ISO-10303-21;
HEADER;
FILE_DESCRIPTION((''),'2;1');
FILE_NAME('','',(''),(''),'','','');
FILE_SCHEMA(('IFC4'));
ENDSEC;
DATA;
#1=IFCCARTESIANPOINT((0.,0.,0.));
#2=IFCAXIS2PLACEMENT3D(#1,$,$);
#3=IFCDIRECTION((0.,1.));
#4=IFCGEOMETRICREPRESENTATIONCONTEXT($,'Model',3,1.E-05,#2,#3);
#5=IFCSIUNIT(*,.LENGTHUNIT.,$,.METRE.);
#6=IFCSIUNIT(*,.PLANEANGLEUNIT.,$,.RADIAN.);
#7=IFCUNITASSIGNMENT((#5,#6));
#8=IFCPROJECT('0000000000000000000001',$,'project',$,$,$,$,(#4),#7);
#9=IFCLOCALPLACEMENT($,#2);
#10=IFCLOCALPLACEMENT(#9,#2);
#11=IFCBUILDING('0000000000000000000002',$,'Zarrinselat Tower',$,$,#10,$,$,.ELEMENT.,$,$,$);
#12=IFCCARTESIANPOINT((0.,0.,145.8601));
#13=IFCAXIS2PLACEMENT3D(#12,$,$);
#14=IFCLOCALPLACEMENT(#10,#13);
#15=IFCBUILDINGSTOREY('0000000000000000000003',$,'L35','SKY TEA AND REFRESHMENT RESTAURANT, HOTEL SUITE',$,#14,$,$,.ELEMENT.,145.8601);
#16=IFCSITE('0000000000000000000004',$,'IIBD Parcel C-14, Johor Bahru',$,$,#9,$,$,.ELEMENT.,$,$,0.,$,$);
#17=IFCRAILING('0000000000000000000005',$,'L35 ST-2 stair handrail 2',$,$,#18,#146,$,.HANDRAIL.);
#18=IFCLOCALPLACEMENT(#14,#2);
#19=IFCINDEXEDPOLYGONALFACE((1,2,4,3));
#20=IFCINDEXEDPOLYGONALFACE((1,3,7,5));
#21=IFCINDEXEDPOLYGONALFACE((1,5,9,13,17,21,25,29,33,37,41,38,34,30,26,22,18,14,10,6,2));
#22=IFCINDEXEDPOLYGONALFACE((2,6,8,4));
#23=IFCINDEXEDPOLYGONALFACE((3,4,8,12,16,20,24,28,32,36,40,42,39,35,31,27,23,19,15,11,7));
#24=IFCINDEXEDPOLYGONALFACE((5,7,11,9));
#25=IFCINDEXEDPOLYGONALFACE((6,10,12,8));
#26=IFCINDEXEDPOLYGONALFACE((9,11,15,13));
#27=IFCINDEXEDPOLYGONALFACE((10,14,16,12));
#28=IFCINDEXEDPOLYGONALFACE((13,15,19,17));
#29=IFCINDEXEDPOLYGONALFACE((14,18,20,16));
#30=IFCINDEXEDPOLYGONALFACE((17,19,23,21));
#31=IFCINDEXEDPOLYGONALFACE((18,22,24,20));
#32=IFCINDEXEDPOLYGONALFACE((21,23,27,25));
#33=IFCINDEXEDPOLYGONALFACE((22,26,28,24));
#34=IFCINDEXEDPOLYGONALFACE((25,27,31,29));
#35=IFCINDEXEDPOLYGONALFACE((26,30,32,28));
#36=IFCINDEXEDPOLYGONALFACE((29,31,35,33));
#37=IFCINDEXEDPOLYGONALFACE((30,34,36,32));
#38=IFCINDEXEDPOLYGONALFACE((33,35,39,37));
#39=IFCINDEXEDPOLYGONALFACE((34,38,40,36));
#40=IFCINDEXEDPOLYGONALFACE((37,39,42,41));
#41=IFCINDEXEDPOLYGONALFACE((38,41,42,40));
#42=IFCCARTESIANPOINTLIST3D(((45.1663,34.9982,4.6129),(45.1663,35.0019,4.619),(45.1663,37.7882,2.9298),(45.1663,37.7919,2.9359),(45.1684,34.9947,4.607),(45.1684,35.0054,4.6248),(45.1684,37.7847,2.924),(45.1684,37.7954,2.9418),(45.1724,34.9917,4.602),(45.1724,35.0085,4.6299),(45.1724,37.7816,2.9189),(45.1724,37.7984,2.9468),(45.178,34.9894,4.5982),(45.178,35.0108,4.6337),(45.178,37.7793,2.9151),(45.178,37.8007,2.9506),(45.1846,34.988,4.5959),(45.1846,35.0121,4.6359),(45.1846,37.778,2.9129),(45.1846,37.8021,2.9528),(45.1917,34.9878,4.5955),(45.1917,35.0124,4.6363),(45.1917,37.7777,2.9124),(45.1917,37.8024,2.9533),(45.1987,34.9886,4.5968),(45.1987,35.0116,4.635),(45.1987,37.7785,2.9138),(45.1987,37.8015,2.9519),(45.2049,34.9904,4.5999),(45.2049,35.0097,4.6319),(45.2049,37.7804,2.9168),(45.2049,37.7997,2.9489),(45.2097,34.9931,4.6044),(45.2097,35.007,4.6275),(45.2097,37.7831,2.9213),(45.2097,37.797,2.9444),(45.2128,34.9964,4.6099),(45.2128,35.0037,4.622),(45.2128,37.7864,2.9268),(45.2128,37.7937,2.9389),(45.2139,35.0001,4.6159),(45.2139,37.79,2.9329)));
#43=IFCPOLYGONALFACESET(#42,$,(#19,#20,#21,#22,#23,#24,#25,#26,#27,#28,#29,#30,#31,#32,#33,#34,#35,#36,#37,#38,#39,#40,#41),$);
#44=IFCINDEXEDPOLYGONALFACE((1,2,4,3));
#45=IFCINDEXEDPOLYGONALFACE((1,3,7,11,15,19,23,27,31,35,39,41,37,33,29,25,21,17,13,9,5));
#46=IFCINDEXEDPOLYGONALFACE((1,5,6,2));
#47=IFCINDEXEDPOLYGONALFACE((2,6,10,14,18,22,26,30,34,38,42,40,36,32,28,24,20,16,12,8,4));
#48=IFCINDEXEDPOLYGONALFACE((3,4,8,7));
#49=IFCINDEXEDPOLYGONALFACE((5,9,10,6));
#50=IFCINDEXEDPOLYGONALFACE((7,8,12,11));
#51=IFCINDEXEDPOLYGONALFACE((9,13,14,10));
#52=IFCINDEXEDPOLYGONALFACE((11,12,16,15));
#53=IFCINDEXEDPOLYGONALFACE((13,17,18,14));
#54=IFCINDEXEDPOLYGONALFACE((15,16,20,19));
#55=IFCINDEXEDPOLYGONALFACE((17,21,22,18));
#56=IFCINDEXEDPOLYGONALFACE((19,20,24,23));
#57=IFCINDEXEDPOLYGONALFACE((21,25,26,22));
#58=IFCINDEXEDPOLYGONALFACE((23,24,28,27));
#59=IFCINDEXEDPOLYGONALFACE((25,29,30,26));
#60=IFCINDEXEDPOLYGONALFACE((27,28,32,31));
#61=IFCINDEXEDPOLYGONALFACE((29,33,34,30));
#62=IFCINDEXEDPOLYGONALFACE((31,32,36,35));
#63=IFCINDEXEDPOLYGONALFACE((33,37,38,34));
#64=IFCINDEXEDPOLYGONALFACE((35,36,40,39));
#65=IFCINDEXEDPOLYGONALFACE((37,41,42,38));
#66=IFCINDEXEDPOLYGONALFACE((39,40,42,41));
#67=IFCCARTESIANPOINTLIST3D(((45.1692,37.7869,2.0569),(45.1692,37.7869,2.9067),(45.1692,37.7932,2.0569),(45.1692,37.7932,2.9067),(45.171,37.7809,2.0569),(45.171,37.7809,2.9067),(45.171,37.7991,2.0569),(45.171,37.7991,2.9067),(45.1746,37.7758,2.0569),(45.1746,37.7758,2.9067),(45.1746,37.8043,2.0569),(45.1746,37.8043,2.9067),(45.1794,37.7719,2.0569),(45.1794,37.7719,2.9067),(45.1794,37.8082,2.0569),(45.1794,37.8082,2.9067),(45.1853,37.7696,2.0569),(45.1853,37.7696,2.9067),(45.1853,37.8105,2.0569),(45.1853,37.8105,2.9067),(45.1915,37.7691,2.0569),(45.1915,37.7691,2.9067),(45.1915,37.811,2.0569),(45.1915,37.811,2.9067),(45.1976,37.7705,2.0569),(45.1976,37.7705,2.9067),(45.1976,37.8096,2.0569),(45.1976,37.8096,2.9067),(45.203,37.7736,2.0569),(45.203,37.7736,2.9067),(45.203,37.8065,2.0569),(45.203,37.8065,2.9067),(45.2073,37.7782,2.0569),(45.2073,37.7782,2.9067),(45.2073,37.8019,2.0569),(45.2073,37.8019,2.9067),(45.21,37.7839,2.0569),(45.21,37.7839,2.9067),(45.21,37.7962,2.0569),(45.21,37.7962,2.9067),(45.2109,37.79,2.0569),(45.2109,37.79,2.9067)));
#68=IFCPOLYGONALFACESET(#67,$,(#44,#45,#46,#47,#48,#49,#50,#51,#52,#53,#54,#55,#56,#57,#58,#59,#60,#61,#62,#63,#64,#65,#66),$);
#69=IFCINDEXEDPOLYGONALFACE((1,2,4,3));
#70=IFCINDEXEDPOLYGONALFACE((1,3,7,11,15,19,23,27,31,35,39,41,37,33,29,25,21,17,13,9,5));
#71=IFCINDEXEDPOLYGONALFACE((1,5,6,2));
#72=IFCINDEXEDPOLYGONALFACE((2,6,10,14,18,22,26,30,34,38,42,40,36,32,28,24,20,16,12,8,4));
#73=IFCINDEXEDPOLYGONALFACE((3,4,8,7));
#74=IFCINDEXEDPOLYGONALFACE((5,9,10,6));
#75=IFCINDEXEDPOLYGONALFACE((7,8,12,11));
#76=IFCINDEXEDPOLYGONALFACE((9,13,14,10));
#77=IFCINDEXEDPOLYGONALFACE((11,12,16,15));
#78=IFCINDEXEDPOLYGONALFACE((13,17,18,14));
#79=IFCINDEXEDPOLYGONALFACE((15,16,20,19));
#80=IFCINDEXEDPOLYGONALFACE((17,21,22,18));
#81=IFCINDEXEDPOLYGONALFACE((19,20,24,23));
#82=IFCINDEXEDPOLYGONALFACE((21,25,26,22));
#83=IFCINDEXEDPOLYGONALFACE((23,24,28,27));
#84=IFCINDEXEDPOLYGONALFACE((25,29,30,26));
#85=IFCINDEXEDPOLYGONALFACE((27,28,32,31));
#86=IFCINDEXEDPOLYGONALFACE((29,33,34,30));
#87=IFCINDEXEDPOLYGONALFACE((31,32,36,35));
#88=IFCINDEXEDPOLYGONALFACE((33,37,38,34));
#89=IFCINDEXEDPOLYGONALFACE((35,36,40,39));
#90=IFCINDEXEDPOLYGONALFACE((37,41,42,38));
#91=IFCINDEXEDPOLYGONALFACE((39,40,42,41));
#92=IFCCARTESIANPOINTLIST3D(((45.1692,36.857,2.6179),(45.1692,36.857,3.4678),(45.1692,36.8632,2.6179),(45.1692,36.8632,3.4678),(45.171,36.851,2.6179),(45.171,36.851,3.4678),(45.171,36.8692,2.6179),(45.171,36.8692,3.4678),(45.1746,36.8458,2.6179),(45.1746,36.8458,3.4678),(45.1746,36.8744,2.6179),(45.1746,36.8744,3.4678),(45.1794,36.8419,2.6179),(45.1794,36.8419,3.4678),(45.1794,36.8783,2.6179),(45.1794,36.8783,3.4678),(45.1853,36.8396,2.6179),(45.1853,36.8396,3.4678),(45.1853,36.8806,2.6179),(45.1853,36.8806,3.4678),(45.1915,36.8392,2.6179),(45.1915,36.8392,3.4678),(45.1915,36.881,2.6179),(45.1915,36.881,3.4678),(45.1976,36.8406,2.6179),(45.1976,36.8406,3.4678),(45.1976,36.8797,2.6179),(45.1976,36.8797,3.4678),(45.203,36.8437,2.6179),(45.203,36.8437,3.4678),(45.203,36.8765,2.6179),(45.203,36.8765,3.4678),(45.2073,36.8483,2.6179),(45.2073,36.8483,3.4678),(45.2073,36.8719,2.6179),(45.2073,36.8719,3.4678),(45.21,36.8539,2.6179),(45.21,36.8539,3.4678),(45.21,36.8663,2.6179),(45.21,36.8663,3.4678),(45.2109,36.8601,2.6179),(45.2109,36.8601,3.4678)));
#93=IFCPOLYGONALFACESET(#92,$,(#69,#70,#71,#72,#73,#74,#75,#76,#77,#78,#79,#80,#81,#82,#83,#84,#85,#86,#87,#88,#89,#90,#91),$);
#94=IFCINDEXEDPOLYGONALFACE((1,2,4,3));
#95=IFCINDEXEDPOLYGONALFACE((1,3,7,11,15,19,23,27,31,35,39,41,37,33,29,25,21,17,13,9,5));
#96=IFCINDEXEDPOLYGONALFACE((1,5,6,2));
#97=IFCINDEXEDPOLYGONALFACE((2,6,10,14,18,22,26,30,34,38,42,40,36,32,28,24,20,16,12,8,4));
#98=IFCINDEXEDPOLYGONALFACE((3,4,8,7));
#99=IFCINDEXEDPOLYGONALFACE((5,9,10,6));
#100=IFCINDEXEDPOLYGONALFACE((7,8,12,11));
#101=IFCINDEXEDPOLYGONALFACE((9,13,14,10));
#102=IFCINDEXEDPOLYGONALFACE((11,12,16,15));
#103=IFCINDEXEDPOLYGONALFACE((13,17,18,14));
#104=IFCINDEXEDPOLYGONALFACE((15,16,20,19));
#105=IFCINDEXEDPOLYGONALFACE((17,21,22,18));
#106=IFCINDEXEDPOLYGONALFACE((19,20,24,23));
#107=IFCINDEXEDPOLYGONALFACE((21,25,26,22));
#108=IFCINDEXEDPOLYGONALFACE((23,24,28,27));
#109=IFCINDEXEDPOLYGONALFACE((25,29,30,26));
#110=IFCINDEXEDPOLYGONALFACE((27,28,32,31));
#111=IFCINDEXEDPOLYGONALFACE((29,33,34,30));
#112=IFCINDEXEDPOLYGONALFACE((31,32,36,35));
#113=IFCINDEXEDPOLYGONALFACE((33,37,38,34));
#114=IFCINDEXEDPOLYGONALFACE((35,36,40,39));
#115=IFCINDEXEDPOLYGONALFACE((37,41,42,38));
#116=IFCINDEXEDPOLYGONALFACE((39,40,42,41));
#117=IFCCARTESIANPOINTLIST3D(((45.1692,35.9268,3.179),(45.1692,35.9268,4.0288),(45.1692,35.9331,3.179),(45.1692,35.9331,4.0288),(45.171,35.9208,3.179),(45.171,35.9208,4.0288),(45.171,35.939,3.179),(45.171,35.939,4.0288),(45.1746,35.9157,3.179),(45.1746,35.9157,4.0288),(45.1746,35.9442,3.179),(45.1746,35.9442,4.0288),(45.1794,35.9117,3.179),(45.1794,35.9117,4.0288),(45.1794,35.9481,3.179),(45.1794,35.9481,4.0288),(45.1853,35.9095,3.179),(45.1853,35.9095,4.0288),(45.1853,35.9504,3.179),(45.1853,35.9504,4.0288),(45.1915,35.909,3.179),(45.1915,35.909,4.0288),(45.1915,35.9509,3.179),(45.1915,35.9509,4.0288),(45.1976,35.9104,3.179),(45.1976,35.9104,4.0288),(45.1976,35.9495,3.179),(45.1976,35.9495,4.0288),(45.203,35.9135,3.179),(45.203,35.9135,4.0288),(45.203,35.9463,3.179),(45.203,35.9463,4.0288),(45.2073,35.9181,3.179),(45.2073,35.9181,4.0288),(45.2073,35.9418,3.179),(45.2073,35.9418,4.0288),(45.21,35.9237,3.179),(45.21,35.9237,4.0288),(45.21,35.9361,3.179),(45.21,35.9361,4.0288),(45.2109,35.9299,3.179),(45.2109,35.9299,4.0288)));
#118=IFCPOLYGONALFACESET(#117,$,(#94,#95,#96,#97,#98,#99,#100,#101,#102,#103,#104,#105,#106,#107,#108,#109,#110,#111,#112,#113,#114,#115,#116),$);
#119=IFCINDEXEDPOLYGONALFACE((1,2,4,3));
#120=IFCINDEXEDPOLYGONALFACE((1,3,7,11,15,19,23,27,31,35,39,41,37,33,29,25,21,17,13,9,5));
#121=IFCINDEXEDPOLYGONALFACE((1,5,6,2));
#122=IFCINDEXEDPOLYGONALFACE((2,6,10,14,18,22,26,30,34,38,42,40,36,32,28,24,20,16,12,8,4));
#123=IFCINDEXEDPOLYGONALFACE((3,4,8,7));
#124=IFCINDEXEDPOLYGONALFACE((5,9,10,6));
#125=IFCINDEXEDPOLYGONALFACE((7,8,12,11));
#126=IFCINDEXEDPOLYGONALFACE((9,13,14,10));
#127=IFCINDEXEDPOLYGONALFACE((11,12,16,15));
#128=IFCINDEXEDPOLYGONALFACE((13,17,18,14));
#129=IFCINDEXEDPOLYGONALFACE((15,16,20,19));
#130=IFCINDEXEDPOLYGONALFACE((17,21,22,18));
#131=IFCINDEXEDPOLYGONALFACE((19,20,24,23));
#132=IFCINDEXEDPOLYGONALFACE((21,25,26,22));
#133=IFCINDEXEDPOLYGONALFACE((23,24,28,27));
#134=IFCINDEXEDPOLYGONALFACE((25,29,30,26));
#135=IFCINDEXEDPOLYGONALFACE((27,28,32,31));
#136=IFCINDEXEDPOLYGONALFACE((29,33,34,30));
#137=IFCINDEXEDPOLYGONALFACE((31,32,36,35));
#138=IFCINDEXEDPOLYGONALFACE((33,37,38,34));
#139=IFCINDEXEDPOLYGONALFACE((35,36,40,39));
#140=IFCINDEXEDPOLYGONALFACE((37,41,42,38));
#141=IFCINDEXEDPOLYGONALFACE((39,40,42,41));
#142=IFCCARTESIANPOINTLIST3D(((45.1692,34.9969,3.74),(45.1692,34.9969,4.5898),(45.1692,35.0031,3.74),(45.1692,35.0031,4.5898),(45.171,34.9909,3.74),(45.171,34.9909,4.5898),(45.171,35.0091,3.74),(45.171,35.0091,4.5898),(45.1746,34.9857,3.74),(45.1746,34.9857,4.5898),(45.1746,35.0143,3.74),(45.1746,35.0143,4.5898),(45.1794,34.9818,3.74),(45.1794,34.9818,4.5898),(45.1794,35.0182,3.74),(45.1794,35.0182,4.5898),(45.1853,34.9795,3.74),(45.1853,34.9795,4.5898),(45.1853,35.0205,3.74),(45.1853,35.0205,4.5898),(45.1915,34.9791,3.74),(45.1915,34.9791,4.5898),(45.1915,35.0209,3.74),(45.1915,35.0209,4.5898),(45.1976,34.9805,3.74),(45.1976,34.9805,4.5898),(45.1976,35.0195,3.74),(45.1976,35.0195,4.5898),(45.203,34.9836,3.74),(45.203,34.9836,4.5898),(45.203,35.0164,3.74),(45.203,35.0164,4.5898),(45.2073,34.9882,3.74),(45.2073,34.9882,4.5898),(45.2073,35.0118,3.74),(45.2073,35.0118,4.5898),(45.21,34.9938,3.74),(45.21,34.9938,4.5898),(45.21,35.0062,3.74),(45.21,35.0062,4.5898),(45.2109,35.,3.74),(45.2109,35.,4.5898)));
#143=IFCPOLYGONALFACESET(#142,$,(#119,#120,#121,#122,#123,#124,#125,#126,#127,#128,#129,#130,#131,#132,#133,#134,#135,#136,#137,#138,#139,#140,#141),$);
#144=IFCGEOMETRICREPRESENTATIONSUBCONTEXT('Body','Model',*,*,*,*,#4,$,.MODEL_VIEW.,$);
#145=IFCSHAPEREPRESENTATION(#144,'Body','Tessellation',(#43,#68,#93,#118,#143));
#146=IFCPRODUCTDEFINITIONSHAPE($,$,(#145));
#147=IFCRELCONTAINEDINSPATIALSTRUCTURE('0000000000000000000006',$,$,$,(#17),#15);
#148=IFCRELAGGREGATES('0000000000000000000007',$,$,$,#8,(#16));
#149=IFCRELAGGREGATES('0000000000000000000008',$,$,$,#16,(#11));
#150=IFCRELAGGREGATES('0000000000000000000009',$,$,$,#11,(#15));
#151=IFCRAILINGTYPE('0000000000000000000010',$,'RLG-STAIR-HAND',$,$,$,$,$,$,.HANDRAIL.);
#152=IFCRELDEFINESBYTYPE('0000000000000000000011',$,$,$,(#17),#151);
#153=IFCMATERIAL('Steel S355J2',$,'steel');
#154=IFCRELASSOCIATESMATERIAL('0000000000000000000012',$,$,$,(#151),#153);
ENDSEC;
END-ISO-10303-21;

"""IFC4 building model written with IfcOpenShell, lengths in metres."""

from ifc_helpers import new_model, si_unit, direction, frame, origin, origin_2d, place, context, subcontext, project, spatial, circle, extrude, material, type_object, element, save


model = new_model("IFC4")

# Units and contexts
model_context = context("Model", 3, precision=1e-05, world=origin(), true_north=direction((0.0, 1.0)))
body_context = subcontext(model_context, "Body", "Model", "MODEL_VIEW")
ifc_project = project(units=[si_unit("LENGTHUNIT", "METRE"), si_unit("PLANEANGLEUNIT", "RADIAN")], contexts=[model_context])

# Site, building, storey
site_placement = place(None, origin())
site = spatial("IfcSite", under=ifc_project, at=site_placement, Name="IIBD Parcel C-14, Johor Bahru", CompositionType="ELEMENT", RefElevation=0.0)
building_placement = place(site_placement, origin())
building = spatial("IfcBuilding", under=site, at=building_placement, Name="Zarrinselat Tower", CompositionType="ELEMENT")
storey_placement = place(building_placement, frame((0.0, 0.0, 145.8601)))
storey = spatial("IfcBuildingStorey", under=building, at=storey_placement, Name="L35", Description="SKY TEA AND REFRESHMENT RESTAURANT, HOTEL SUITE", CompositionType="ELEMENT", Elevation=145.8601)

# Railing
ifc_material_1 = material(Name="Steel S355J2", Category="steel")
railing_type_1 = type_object("IfcRailingType", Name="RLG-STAIR-HAND", PredefinedType="HANDRAIL", material=ifc_material_1)
railing_1_placement = place(storey_placement, frame((45.1899, 37.79, 2.0569)))
element("IfcRailing", 1, at=railing_1_placement, inside=storey, type_object=railing_type_1, Name="L35 ST-2 stair handrail 2", PredefinedType="HANDRAIL", context=body_context, shape_type="SweptSolid", body=[
    extrude(circle(Radius=0.0239, at=origin_2d()), frame((0.0, 0.0, 0.876), z_axis=(0.0, -0.856261, 0.516544), x_axis=(1.0, 0.0, 0.0)), (0.0, 0.0, 1.0), 3.2583),
    extrude(circle(Radius=0.021, at=origin_2d()), origin(), (0.0, 0.0, 1.0), 0.8499),
    extrude(circle(Radius=0.021, at=origin_2d()), frame((0.0, -0.9299, 0.561)), (0.0, 0.0, 1.0), 0.8499),
    extrude(circle(Radius=0.021, at=origin_2d()), frame((0.0, -1.8601, 1.1221)), (0.0, 0.0, 1.0), 0.8499),
    extrude(circle(Radius=0.021, at=origin_2d()), frame((0.0, -2.79, 1.6831)), (0.0, 0.0, 1.0), 0.8499),
])

save(model, "model.ifc")
